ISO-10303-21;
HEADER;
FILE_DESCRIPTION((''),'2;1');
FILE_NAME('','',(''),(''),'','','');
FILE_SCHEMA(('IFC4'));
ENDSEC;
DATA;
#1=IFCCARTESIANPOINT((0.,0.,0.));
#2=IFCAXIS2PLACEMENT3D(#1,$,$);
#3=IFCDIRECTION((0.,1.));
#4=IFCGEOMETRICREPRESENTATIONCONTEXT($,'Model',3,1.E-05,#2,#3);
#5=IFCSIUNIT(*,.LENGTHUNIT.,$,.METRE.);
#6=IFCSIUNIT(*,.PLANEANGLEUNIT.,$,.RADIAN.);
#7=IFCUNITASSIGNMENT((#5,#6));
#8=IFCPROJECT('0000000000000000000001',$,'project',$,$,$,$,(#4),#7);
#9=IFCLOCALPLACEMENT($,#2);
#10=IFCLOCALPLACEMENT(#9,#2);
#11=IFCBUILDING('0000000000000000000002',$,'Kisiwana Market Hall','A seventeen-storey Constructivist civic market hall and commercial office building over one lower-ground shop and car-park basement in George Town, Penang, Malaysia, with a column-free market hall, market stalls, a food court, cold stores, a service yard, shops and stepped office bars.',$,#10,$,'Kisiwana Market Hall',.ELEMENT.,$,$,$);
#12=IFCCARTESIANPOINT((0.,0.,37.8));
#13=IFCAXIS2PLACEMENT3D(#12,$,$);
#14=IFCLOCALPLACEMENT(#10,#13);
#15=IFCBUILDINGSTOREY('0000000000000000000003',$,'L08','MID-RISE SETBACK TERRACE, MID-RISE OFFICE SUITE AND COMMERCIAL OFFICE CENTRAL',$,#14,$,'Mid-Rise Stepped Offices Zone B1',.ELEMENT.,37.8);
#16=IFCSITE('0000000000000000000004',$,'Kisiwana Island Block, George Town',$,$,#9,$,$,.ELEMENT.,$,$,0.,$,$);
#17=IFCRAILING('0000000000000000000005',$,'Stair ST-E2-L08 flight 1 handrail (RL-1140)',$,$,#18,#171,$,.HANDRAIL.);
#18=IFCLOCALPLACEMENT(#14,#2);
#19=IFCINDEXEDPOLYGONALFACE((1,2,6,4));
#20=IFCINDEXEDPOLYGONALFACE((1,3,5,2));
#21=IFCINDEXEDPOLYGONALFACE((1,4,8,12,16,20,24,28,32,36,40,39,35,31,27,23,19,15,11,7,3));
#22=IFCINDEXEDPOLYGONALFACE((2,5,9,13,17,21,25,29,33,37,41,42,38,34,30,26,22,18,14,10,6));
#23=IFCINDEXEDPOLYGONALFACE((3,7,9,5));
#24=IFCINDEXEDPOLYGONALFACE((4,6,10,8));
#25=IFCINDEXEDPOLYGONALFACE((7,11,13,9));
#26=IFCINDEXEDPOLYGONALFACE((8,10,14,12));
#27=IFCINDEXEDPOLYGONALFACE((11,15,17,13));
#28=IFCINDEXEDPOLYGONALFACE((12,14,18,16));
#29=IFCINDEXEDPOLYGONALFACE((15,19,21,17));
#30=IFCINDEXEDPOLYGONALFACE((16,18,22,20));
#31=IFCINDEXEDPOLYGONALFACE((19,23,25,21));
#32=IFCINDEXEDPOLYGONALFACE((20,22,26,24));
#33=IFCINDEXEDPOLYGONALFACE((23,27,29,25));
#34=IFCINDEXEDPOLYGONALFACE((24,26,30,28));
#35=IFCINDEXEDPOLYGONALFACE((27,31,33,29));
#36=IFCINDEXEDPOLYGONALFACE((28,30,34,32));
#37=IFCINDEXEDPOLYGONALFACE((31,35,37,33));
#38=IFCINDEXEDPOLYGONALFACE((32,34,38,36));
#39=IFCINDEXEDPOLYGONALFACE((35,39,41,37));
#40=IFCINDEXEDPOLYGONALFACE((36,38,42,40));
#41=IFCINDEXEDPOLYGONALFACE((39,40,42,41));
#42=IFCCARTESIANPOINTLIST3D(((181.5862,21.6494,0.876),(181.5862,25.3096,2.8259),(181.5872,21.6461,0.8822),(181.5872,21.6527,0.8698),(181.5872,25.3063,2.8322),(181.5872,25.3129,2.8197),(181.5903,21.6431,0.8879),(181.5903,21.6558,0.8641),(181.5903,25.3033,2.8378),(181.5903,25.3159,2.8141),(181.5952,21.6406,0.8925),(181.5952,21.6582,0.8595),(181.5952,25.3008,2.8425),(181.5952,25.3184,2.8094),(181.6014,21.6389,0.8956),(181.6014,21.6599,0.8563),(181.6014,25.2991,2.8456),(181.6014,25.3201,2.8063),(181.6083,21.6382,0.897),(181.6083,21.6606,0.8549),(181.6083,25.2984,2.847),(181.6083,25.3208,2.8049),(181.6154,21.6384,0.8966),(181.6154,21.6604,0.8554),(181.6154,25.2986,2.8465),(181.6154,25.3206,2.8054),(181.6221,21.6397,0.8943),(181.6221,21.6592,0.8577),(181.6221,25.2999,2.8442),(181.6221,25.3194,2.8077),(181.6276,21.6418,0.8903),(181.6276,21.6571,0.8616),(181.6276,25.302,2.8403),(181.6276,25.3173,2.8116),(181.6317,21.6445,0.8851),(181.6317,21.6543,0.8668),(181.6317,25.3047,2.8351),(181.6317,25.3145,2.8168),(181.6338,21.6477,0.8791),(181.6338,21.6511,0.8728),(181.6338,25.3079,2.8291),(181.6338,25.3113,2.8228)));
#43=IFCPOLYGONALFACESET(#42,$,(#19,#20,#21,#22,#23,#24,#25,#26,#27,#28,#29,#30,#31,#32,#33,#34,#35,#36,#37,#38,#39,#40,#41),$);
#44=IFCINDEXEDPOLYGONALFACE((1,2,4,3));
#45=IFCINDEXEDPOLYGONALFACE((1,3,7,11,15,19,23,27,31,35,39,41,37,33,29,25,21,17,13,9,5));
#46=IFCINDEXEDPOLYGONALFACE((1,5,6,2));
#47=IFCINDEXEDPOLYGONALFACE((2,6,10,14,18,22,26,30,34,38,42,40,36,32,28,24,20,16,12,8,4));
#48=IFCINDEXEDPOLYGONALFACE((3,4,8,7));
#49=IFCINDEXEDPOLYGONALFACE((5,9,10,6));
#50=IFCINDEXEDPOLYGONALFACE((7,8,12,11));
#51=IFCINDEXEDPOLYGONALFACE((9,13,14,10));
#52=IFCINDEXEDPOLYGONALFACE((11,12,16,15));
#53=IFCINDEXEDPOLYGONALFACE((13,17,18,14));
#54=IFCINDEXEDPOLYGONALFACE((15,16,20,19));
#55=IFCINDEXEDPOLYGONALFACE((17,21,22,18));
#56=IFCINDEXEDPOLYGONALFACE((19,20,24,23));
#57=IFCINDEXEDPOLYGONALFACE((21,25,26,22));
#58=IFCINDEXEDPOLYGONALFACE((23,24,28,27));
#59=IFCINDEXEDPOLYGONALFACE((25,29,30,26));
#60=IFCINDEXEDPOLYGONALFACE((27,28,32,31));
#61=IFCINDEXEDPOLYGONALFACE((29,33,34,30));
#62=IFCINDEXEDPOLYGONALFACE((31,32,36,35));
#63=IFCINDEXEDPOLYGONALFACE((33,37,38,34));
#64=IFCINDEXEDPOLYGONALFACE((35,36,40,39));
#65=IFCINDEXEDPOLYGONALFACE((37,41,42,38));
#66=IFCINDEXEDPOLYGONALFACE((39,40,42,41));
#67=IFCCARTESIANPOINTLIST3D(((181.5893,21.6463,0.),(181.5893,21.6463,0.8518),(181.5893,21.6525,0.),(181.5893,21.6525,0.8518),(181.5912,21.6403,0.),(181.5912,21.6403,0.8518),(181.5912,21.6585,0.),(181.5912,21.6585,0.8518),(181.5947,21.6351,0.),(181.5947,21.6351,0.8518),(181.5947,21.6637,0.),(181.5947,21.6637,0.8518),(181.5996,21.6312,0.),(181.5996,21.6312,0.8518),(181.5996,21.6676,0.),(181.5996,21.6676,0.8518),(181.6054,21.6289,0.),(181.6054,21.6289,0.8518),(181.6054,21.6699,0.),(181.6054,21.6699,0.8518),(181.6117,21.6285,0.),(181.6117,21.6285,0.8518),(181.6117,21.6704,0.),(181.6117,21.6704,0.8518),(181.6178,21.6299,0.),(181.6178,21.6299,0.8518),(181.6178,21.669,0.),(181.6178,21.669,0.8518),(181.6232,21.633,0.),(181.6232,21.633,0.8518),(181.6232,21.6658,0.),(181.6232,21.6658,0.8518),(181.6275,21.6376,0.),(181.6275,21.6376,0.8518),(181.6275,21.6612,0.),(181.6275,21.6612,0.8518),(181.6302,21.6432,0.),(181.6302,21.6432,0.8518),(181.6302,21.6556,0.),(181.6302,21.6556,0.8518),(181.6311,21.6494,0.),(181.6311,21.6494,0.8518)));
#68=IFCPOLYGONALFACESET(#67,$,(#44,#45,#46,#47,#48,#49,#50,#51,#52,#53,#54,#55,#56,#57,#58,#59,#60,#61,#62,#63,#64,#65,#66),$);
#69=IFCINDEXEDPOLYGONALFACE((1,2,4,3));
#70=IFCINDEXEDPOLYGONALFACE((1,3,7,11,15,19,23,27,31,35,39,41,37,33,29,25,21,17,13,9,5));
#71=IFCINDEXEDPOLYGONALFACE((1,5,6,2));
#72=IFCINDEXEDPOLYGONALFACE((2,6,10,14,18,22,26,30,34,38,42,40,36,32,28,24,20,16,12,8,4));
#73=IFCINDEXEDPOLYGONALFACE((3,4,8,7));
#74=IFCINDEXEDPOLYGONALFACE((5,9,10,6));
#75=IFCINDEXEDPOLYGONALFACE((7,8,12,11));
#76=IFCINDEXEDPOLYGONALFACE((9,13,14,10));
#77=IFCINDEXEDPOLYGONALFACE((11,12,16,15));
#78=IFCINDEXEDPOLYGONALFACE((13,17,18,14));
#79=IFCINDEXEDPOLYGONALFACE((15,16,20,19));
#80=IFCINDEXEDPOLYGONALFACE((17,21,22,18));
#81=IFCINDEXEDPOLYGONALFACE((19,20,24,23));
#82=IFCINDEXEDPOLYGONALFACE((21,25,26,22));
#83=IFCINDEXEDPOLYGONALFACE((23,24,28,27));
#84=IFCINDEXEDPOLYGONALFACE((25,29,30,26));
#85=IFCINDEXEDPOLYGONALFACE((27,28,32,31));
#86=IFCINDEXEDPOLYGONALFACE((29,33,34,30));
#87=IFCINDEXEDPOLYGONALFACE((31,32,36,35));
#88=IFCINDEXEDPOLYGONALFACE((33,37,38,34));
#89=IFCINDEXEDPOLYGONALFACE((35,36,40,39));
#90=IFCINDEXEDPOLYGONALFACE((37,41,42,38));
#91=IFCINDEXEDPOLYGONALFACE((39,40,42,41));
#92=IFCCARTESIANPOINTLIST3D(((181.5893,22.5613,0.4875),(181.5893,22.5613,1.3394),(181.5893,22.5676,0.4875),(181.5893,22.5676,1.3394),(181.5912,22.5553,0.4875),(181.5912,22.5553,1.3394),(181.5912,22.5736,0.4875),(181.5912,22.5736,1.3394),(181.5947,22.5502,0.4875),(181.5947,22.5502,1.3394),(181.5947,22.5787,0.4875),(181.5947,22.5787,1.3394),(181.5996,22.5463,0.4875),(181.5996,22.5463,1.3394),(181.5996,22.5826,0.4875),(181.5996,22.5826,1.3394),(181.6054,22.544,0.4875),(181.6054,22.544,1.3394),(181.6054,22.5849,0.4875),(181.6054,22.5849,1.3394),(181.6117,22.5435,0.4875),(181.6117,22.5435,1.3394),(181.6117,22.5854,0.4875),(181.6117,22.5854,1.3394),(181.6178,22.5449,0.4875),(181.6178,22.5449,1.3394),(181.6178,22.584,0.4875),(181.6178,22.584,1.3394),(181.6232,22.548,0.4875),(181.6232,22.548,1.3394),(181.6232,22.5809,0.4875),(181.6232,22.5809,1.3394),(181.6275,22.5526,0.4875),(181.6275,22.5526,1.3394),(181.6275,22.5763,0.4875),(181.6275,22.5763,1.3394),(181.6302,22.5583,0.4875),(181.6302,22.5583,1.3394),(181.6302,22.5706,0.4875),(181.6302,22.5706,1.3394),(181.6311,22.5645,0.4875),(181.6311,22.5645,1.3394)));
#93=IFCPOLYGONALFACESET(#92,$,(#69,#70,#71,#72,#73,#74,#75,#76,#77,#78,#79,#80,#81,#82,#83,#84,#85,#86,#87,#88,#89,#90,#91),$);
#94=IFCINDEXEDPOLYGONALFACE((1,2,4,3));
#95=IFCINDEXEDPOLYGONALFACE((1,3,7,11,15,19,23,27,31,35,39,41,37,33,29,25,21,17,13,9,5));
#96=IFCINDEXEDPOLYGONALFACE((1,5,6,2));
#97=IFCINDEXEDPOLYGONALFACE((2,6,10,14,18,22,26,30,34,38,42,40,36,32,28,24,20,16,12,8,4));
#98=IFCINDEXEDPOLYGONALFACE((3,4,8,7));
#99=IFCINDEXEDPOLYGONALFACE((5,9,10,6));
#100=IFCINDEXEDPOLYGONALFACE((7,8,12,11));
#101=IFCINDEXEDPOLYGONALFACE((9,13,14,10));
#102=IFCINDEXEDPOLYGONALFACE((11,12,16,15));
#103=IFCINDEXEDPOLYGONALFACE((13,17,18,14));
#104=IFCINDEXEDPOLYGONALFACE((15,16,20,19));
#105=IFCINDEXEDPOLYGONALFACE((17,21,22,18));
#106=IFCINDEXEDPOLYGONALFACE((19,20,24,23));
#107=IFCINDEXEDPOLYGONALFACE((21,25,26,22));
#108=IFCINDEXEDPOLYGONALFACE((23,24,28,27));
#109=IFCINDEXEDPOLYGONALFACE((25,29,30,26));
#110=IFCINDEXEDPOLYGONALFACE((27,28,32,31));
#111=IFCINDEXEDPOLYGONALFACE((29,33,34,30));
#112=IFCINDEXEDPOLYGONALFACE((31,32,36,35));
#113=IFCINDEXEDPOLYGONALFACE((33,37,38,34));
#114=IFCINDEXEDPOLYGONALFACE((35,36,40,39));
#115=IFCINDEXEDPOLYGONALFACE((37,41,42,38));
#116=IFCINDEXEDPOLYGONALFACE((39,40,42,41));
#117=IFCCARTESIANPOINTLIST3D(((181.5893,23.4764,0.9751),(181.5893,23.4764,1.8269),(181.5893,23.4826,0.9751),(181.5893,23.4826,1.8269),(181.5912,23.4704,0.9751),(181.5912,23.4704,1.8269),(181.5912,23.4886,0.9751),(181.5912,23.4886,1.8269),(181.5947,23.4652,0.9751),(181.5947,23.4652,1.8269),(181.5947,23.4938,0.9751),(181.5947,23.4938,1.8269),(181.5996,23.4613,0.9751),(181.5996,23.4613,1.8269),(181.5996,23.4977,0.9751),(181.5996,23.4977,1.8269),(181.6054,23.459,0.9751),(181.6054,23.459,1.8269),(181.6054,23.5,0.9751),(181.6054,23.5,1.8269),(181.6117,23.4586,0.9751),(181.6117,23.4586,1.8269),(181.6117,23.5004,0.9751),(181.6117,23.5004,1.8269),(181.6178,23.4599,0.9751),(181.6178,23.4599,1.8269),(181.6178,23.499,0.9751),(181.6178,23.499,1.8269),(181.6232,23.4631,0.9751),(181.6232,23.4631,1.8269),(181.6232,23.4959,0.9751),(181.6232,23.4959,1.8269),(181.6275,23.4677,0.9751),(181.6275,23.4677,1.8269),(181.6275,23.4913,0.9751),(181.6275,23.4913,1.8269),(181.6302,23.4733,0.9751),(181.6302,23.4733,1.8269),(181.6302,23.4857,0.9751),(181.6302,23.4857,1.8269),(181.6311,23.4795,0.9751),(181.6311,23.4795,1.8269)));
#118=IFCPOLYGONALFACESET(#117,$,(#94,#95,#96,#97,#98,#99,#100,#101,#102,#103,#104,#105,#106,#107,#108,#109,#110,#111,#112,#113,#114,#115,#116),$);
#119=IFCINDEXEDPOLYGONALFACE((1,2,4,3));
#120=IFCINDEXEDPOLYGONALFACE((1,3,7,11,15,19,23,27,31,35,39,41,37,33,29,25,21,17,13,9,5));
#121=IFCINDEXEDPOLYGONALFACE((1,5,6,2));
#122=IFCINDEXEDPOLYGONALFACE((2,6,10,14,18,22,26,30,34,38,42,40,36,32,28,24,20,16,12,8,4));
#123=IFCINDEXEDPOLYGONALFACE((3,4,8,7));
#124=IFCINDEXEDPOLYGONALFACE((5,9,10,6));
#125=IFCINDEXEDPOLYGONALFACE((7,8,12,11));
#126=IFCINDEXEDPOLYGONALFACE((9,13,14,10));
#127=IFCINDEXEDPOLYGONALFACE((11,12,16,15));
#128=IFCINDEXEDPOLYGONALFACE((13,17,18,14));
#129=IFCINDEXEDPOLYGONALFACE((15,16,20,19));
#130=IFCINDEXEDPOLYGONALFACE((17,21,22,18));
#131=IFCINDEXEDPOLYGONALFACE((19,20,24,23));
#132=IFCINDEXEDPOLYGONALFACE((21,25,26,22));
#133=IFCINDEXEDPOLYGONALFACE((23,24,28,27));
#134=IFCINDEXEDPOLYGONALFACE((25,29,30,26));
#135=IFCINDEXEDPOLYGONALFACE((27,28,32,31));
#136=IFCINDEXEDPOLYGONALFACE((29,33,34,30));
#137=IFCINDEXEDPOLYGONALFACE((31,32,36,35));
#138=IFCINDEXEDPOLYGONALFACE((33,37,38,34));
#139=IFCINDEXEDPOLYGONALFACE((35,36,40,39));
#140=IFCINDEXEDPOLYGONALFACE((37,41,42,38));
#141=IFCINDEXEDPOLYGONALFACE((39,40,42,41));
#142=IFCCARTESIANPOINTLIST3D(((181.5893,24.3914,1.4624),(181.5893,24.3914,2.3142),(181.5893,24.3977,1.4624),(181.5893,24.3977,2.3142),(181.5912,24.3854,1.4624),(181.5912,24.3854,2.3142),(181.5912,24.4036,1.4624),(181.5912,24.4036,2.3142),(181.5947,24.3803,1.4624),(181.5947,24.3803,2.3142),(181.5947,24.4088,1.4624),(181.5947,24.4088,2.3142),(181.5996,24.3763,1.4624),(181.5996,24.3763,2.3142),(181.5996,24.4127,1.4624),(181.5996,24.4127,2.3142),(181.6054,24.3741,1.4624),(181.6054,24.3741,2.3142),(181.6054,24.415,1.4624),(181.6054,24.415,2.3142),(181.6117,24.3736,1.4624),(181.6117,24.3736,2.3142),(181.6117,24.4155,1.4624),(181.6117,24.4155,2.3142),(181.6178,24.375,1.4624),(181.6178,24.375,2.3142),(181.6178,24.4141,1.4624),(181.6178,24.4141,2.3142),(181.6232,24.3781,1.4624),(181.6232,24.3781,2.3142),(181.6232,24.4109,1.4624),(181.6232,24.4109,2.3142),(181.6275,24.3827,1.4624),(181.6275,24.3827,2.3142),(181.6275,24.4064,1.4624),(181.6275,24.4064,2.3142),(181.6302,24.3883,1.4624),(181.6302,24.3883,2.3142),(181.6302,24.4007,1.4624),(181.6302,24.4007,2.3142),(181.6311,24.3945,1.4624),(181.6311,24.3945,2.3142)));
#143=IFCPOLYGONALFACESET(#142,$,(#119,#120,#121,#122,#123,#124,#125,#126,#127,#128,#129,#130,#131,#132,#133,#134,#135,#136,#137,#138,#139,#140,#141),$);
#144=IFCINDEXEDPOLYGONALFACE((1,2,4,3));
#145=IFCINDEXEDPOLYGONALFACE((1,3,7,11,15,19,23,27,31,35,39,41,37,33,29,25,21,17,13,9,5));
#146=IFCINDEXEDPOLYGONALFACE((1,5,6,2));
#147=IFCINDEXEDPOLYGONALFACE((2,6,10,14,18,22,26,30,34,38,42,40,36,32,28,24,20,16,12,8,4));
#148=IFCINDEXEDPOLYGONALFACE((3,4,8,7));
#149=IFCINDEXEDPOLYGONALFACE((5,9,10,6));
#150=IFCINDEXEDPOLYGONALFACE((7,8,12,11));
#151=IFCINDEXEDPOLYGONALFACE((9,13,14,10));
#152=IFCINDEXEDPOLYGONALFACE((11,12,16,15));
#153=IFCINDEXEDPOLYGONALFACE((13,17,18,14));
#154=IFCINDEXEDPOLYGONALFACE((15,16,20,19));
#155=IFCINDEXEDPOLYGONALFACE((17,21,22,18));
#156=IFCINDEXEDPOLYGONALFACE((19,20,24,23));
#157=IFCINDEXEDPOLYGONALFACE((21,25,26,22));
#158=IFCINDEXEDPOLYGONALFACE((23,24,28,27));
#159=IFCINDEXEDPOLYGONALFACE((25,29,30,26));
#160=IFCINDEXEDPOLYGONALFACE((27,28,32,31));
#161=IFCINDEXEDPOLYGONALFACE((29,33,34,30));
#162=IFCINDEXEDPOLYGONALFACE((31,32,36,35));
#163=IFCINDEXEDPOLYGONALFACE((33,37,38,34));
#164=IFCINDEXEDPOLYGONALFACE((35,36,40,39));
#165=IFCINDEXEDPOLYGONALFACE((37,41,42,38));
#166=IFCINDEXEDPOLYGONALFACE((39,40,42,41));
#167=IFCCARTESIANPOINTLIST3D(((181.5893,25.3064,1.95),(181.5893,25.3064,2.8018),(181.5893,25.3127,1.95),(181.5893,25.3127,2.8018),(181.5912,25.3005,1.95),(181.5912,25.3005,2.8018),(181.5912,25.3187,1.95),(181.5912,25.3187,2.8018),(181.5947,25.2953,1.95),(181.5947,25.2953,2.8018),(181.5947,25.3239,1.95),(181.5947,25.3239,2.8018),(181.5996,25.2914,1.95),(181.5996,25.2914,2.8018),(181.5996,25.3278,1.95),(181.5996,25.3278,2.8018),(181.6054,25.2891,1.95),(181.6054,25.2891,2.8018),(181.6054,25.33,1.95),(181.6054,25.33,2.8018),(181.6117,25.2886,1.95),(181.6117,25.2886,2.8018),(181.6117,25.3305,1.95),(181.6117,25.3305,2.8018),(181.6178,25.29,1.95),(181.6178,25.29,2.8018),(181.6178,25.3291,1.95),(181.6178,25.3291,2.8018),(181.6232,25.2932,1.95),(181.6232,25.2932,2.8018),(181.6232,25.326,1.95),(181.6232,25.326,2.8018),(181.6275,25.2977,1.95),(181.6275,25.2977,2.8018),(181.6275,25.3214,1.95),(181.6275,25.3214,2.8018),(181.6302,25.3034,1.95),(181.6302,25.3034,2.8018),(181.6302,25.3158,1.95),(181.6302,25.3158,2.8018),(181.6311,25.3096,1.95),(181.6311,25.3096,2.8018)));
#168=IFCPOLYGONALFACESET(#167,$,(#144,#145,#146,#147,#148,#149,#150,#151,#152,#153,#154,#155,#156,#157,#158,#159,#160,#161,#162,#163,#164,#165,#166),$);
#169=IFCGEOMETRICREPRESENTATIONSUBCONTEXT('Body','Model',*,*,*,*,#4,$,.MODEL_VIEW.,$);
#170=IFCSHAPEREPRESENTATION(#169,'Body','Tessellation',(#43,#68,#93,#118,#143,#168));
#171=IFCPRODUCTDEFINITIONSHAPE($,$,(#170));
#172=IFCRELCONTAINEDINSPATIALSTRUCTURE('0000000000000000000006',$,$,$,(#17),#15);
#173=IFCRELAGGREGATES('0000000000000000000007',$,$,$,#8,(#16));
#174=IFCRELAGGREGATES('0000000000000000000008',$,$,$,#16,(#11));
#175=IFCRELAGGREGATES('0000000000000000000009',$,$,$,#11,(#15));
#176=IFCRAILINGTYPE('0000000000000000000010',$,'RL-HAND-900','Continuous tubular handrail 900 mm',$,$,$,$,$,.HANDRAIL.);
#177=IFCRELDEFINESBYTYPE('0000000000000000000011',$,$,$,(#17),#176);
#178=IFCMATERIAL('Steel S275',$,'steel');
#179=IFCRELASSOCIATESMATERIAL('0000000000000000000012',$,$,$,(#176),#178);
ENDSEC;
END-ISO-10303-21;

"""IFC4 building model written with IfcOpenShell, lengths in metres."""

from ifc_helpers import new_model, si_unit, direction, frame, origin, origin_2d, place, context, subcontext, project, spatial, circle, extrude, material, type_object, element, save


model = new_model("IFC4")

# Units and contexts
model_context = context("Model", 3, precision=1e-05, world=origin(), true_north=direction((0.0, 1.0)))
body_context = subcontext(model_context, "Body", "Model", "MODEL_VIEW")
ifc_project = project(units=[si_unit("LENGTHUNIT", "METRE"), si_unit("PLANEANGLEUNIT", "RADIAN")], contexts=[model_context])

# Site, building, storey
site_placement = place(None, origin())
site = spatial("IfcSite", under=ifc_project, at=site_placement, Name="Kisiwana Island Block, George Town", CompositionType="ELEMENT", RefElevation=0.0)
building_placement = place(site_placement, origin())
building = spatial("IfcBuilding", under=site, at=building_placement, Name="Kisiwana Market Hall", Description="A seventeen-storey Constructivist civic market hall and commercial office building over one lower-ground shop and car-park basement in George Town, Penang, Malaysia, with a column-free market hall, market stalls, a food court, cold stores, a service yard, shops and stepped office bars.", LongName="Kisiwana Market Hall", CompositionType="ELEMENT")
storey_placement = place(building_placement, frame((0.0, 0.0, 37.8)))
storey = spatial("IfcBuildingStorey", under=building, at=storey_placement, Name="L08", Description="MID-RISE SETBACK TERRACE, MID-RISE OFFICE SUITE AND COMMERCIAL OFFICE CENTRAL", LongName="Mid-Rise Stepped Offices Zone B1", CompositionType="ELEMENT", Elevation=37.8)

# Railing
ifc_material_1 = material(Name="Steel S275", Category="steel")
railing_type_1 = type_object("IfcRailingType", Name="RL-HAND-900", Description="Continuous tubular handrail 900 mm", PredefinedType="HANDRAIL", material=ifc_material_1)
railing_1_placement = place(storey_placement, frame((181.6101, 21.6494, 0.0)))
element("IfcRailing", 1, at=railing_1_placement, inside=storey, type_object=railing_type_1, Name="Stair ST-E2-L08 flight 1 handrail (RL-1140)", PredefinedType="HANDRAIL", context=body_context, shape_type="SweptSolid", body=[
    extrude(circle(Radius=0.0239, at=origin_2d()), frame((0.0, 0.0, 0.876), z_axis=(0.0, 0.882566, 0.470188), x_axis=(-1.0, 0.0, 0.0)), (0.0, 0.0, 1.0), 4.1472),
    extrude(circle(Radius=0.021, at=origin_2d()), origin(), (0.0, 0.0, 1.0), 0.8518),
    extrude(circle(Radius=0.021, at=origin_2d()), frame((0.0, 0.915, 0.4875)), (0.0, 0.0, 1.0), 0.8518),
    extrude(circle(Radius=0.021, at=origin_2d()), frame((0.0, 1.8301, 0.9751)), (0.0, 0.0, 1.0), 0.8518),
    extrude(circle(Radius=0.021, at=origin_2d()), frame((0.0, 2.7451, 1.4624)), (0.0, 0.0, 1.0), 0.8518),
    extrude(circle(Radius=0.021, at=origin_2d()), frame((0.0, 3.6602, 1.95)), (0.0, 0.0, 1.0), 0.8518),
])

save(model, "model.ifc")
